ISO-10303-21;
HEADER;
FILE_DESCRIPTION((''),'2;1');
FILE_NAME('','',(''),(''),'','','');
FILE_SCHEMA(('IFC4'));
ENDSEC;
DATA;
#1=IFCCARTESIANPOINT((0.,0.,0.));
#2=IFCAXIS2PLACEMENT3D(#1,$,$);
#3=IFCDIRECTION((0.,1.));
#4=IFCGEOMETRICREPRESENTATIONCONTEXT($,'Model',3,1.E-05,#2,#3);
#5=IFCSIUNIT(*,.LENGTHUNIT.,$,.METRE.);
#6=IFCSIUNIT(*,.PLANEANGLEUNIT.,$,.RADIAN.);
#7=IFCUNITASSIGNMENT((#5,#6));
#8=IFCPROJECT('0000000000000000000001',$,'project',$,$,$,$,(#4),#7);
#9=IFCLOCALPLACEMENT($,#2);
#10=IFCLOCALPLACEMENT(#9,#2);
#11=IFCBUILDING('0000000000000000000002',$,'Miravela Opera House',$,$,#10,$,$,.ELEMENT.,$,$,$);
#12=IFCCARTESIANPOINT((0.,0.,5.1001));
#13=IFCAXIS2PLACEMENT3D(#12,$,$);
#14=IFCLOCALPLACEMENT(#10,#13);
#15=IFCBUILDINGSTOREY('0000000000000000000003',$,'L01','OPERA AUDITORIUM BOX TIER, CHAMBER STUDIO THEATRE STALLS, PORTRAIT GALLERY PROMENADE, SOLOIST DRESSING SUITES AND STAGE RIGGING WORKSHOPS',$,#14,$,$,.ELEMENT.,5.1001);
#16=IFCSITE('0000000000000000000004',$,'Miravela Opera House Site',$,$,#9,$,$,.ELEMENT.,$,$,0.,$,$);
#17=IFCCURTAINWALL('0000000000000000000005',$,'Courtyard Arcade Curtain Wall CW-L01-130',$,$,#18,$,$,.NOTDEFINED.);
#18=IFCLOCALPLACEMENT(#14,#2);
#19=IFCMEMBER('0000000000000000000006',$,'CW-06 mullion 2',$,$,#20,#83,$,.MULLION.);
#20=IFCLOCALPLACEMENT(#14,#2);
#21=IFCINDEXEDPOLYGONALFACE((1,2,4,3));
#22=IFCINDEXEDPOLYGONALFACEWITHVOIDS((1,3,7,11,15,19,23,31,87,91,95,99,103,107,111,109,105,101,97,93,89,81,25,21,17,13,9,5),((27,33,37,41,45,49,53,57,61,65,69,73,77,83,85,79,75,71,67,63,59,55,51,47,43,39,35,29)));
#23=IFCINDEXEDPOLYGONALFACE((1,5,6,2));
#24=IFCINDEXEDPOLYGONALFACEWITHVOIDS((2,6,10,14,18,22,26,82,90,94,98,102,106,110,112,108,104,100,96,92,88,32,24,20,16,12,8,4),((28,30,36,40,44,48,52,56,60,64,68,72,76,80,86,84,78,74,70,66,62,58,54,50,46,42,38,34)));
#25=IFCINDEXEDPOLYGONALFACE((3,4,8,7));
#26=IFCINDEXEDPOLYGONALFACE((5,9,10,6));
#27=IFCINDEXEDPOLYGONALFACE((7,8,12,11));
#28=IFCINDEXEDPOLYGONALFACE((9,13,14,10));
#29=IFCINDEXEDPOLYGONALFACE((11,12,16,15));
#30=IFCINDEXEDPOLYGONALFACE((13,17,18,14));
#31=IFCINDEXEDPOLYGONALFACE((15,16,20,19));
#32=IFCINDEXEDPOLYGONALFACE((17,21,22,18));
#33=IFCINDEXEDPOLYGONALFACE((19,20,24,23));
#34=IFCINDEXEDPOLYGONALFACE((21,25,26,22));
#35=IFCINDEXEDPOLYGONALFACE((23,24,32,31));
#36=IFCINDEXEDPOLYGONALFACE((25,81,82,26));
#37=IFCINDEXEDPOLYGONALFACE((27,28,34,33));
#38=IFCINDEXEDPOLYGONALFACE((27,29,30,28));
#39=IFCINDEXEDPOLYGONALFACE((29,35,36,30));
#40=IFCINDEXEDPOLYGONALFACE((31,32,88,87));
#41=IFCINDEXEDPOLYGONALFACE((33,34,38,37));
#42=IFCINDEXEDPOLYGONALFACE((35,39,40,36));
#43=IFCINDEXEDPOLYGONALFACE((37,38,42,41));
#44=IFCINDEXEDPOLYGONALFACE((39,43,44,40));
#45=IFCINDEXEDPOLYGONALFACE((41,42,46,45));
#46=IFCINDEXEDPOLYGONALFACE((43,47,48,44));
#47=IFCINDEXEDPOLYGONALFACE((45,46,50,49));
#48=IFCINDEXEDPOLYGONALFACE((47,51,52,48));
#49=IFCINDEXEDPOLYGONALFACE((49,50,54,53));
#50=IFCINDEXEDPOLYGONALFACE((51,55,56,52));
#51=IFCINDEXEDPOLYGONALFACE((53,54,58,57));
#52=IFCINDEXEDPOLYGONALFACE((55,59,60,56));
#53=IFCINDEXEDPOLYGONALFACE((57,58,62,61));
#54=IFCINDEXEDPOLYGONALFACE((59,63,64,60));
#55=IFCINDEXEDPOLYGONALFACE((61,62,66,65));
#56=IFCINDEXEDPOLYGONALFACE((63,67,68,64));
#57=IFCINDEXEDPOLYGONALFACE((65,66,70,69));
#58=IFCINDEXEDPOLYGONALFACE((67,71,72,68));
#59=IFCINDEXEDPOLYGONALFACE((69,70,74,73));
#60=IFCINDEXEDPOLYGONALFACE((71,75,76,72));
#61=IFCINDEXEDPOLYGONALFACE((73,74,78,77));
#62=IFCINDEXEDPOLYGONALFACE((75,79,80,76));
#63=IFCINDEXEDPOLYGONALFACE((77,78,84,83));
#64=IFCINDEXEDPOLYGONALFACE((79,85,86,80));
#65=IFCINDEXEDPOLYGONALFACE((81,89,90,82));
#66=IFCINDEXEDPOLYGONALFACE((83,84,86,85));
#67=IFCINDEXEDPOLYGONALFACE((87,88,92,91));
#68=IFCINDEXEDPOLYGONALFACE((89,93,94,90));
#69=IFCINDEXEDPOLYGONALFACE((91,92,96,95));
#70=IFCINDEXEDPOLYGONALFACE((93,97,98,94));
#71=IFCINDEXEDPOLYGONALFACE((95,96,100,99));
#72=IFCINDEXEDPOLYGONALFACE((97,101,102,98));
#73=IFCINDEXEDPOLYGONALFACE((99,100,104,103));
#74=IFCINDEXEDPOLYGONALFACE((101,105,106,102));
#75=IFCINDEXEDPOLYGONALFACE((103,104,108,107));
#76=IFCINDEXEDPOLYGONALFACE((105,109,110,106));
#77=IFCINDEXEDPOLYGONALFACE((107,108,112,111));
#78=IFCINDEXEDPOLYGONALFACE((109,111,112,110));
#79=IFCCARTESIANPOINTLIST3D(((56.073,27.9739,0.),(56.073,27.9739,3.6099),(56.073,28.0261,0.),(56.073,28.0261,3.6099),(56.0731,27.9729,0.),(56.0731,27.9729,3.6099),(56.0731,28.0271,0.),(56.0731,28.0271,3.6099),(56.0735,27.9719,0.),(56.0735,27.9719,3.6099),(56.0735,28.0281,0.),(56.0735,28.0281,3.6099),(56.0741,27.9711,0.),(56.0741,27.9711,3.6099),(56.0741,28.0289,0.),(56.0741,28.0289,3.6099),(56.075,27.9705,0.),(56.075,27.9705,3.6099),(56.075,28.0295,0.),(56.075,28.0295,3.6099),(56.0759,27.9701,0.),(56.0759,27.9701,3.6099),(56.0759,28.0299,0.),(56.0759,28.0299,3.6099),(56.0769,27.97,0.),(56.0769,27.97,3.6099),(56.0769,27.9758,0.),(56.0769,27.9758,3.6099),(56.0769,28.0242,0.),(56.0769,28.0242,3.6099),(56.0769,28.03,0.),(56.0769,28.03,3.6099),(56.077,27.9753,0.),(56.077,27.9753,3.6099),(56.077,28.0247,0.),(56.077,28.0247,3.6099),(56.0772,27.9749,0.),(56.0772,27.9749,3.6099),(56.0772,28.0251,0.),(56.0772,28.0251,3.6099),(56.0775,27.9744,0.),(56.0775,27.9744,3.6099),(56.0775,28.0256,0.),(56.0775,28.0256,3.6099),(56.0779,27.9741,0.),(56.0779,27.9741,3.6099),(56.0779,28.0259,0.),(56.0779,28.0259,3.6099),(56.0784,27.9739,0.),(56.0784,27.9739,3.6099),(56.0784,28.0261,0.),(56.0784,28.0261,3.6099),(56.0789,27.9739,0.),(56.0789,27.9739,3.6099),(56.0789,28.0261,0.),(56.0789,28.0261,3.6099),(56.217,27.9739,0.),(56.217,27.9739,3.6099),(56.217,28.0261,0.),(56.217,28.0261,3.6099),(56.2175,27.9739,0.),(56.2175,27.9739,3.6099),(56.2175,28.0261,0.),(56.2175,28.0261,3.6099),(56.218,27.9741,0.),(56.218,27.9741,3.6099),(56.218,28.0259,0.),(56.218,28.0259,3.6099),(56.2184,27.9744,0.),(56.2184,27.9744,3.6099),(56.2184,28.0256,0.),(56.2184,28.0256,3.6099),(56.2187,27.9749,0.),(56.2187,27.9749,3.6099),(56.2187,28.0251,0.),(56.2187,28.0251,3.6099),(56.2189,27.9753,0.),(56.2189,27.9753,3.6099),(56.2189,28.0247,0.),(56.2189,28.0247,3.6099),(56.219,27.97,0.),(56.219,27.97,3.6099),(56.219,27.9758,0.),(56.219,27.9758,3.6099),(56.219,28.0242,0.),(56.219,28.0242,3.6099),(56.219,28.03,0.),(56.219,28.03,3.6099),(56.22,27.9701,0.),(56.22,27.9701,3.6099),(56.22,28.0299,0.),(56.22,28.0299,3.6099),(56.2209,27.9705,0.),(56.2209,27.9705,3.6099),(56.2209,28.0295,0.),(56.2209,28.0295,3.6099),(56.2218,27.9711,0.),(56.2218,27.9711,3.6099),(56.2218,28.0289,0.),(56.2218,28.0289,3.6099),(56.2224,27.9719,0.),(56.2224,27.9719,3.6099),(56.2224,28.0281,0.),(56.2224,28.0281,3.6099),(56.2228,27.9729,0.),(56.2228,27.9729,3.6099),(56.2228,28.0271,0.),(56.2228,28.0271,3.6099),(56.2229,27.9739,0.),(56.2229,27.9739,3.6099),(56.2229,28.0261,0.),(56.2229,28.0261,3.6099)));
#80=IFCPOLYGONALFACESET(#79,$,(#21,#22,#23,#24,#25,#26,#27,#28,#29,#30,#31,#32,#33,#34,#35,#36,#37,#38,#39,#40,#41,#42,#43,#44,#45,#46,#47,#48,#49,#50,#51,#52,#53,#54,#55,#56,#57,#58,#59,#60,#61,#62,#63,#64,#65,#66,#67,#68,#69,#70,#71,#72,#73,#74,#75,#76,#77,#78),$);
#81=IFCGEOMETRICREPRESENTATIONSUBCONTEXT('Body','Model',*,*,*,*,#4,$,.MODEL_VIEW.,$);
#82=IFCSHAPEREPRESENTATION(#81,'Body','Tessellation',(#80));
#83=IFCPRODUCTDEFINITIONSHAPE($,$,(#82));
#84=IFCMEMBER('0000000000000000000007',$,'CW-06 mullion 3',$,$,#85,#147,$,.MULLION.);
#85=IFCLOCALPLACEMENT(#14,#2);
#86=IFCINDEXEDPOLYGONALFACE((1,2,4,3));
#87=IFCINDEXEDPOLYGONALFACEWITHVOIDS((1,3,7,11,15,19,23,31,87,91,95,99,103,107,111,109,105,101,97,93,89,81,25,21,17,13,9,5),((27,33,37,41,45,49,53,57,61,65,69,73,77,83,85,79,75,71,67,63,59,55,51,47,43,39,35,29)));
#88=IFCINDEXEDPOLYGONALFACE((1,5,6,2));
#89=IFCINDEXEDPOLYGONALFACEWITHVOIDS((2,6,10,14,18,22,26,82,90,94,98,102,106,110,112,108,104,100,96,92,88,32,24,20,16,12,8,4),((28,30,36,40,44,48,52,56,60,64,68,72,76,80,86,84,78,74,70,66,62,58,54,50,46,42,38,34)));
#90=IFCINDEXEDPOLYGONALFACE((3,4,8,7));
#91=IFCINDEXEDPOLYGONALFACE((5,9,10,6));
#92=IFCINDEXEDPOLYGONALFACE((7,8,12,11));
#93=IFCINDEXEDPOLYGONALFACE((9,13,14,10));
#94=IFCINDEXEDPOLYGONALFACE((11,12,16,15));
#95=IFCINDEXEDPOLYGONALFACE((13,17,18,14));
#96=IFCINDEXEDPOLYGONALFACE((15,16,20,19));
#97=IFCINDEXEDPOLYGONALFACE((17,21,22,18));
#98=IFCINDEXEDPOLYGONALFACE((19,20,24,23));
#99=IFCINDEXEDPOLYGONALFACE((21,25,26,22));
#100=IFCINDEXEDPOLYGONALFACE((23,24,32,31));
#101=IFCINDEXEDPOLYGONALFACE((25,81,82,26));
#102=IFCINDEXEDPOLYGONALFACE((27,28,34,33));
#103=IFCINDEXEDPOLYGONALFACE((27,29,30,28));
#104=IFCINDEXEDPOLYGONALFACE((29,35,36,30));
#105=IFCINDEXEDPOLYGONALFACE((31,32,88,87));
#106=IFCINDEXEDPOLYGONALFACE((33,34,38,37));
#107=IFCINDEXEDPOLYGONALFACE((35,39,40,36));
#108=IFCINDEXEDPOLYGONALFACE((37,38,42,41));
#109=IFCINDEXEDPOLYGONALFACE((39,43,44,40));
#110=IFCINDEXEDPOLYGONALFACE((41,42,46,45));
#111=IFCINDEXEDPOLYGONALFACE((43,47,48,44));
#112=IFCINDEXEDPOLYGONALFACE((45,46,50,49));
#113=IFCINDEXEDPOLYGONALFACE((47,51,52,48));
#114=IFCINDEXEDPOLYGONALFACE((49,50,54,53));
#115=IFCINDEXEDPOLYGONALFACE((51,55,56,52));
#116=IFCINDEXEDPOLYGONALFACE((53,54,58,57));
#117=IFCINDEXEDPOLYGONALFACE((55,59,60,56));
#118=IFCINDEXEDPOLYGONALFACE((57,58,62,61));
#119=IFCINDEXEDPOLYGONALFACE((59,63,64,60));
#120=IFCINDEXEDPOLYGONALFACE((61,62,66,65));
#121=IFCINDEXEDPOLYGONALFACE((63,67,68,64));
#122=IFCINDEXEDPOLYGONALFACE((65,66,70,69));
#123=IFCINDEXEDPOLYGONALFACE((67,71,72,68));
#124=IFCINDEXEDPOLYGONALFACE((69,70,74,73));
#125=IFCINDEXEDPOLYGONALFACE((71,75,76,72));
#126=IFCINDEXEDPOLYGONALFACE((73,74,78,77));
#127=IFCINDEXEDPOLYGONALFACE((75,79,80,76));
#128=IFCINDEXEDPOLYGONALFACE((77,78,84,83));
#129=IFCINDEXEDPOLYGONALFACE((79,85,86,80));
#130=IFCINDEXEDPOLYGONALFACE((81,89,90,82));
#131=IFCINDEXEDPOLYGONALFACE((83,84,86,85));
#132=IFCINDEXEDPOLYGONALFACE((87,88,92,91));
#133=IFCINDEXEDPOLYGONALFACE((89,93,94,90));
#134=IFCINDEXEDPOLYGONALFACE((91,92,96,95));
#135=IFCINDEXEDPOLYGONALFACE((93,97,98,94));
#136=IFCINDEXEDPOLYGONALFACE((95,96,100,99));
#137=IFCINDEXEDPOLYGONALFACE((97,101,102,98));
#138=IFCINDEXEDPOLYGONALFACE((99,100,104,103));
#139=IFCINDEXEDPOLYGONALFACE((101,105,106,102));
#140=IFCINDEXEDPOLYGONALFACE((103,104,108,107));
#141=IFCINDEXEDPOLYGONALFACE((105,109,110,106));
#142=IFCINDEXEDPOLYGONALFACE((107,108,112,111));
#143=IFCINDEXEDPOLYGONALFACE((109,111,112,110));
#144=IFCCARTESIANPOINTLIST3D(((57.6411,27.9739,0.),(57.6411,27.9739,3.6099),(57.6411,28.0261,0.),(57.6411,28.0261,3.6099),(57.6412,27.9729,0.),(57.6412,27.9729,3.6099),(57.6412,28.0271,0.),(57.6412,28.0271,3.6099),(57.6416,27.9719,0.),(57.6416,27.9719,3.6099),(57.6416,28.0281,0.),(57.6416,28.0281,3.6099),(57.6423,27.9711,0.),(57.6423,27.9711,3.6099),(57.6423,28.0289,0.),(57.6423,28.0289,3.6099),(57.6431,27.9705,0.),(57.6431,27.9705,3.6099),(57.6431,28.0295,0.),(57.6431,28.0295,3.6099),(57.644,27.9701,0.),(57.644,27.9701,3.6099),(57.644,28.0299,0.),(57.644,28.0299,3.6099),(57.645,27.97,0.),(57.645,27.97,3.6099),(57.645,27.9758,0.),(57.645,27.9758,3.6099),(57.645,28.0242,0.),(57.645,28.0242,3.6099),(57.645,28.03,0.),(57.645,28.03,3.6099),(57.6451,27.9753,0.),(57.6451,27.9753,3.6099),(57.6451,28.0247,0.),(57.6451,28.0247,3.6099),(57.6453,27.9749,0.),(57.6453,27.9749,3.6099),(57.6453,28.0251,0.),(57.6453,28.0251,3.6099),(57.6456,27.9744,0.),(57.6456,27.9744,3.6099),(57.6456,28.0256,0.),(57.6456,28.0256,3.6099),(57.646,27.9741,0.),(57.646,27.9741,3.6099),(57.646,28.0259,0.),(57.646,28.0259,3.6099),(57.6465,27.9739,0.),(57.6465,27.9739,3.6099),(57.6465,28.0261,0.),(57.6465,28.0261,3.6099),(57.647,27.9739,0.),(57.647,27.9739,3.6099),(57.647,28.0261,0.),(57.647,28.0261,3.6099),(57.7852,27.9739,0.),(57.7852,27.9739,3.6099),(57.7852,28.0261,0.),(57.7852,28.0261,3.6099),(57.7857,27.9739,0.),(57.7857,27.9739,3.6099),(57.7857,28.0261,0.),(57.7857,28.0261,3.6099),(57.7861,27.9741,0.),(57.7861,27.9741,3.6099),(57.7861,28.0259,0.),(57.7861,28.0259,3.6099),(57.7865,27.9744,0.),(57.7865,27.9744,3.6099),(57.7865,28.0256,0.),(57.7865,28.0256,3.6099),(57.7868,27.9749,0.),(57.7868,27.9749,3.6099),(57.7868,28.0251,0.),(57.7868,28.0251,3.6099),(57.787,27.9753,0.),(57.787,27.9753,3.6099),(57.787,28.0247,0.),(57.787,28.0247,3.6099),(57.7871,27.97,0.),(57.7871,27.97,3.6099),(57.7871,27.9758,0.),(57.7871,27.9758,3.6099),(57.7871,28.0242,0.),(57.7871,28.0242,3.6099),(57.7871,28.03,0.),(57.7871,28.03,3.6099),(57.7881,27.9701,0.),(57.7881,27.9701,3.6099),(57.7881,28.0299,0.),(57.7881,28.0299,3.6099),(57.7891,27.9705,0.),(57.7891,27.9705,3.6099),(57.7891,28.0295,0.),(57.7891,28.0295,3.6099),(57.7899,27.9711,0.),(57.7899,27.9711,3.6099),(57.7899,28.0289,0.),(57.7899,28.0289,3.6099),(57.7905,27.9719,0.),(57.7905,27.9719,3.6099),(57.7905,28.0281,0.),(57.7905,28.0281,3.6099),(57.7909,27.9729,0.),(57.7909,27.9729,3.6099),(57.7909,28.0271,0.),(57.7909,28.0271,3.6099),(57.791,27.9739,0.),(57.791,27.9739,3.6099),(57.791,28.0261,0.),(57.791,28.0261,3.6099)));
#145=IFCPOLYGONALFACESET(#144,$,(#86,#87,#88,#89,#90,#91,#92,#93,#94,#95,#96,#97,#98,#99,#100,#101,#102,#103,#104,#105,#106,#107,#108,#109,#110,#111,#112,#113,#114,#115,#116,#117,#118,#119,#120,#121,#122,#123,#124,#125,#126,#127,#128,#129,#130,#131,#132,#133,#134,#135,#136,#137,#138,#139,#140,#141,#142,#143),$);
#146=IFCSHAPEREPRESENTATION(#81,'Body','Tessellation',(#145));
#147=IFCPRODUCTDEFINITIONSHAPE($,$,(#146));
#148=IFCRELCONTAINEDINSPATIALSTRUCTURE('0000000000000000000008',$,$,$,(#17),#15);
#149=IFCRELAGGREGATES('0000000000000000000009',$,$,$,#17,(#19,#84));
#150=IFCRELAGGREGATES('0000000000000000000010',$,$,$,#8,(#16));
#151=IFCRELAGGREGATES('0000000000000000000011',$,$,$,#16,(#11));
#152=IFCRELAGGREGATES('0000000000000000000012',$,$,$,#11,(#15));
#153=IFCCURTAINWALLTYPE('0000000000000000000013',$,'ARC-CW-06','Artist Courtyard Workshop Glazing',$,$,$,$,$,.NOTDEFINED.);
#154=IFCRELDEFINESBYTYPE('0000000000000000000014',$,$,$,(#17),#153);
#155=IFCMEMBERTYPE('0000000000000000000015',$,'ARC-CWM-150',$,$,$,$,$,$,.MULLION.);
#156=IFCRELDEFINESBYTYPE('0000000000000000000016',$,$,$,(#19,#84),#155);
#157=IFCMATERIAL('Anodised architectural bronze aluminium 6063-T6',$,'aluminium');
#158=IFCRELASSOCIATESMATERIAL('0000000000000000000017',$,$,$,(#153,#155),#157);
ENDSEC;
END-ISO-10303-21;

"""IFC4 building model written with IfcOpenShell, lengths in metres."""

from ifc_helpers import new_model, si_unit, direction, frame, origin, origin_2d, place, context, subcontext, project, spatial, hollow_rectangle, extrude, material, material_profile, profile_set, type_object, element, aggregate, save


model = new_model("IFC4")

# Units and contexts
model_context = context("Model", 3, precision=1e-05, world=origin(), true_north=direction((0.0, 1.0)))
body_context = subcontext(model_context, "Body", "Model", "MODEL_VIEW")
ifc_project = project(units=[si_unit("LENGTHUNIT", "METRE"), si_unit("PLANEANGLEUNIT", "RADIAN")], contexts=[model_context])

# Site, building, storey
site_placement = place(None, origin())
site = spatial("IfcSite", under=ifc_project, at=site_placement, Name="Miravela Opera House Site", CompositionType="ELEMENT", RefElevation=0.0)
building_placement = place(site_placement, origin())
building = spatial("IfcBuilding", under=site, at=building_placement, Name="Miravela Opera House", CompositionType="ELEMENT")
storey_placement = place(building_placement, frame((0.0, 0.0, 5.1001)))
storey = spatial("IfcBuildingStorey", under=building, at=storey_placement, Name="L01", Description="OPERA AUDITORIUM BOX TIER, CHAMBER STUDIO THEATRE STALLS, PORTRAIT GALLERY PROMENADE, SOLOIST DRESSING SUITES AND STAGE RIGGING WORKSHOPS", CompositionType="ELEMENT", Elevation=5.1001)

# Curtain wall, members
ifc_material_1 = material(Name="Anodised architectural bronze aluminium 6063-T6", Category="aluminium")
curtain_wall_type = type_object("IfcCurtainWallType", Name="ARC-CW-06", Description="Artist Courtyard Workshop Glazing", PredefinedType="NOTDEFINED", material=ifc_material_1)
curtain_wall_placement = place(storey_placement, origin())
curtain_wall = element("IfcCurtainWall", 1, at=curtain_wall_placement, inside=storey, type_object=curtain_wall_type, Name="Courtyard Arcade Curtain Wall CW-L01-130", PredefinedType="NOTDEFINED")
ifc_material_profile_1 = material_profile(ifc_material_1, hollow_rectangle(XDim=0.0601, YDim=0.1499, WallThickness=0.0039, InnerFilletRadius=0.002, OuterFilletRadius=0.0039, at=origin_2d()), Name="CWM-60X150")
ifc_profile_set_1 = profile_set([ifc_material_profile_1])
member_type_1 = type_object("IfcMemberType", Name="ARC-CWM-150", PredefinedType="MULLION", material=ifc_profile_set_1)
member_1_placement = place(storey_placement, frame((56.1479, 28.0, 0.0), z_axis=(0.0, 0.0, 1.0), x_axis=(0.0, 1.0, 0.0)))
member_1 = element("IfcMember", 2, at=member_1_placement, type_object=member_type_1, Name="CW-06 mullion 2", PredefinedType="MULLION", context=body_context, shape_type="SweptSolid", body=[
    extrude(hollow_rectangle(XDim=0.0601, YDim=0.1499, WallThickness=0.0039, InnerFilletRadius=0.002, OuterFilletRadius=0.0039, at=origin_2d()), origin(), (0.0, 0.0, 1.0), 3.6099),
])
member_2_placement = place(storey_placement, frame((57.7161, 28.0, 0.0), z_axis=(0.0, 0.0, 1.0), x_axis=(0.0, 1.0, 0.0)))
member_2 = element("IfcMember", 3, at=member_2_placement, type_object=member_type_1, Name="CW-06 mullion 3", PredefinedType="MULLION", context=body_context, shape_type="SweptSolid", body=[
    extrude(hollow_rectangle(XDim=0.0601, YDim=0.1499, WallThickness=0.0039, InnerFilletRadius=0.002, OuterFilletRadius=0.0039, at=origin_2d()), origin(), (0.0, 0.0, 1.0), 3.6099),
])

aggregate(curtain_wall, [member_1, member_2])

save(model, "model.ifc")
